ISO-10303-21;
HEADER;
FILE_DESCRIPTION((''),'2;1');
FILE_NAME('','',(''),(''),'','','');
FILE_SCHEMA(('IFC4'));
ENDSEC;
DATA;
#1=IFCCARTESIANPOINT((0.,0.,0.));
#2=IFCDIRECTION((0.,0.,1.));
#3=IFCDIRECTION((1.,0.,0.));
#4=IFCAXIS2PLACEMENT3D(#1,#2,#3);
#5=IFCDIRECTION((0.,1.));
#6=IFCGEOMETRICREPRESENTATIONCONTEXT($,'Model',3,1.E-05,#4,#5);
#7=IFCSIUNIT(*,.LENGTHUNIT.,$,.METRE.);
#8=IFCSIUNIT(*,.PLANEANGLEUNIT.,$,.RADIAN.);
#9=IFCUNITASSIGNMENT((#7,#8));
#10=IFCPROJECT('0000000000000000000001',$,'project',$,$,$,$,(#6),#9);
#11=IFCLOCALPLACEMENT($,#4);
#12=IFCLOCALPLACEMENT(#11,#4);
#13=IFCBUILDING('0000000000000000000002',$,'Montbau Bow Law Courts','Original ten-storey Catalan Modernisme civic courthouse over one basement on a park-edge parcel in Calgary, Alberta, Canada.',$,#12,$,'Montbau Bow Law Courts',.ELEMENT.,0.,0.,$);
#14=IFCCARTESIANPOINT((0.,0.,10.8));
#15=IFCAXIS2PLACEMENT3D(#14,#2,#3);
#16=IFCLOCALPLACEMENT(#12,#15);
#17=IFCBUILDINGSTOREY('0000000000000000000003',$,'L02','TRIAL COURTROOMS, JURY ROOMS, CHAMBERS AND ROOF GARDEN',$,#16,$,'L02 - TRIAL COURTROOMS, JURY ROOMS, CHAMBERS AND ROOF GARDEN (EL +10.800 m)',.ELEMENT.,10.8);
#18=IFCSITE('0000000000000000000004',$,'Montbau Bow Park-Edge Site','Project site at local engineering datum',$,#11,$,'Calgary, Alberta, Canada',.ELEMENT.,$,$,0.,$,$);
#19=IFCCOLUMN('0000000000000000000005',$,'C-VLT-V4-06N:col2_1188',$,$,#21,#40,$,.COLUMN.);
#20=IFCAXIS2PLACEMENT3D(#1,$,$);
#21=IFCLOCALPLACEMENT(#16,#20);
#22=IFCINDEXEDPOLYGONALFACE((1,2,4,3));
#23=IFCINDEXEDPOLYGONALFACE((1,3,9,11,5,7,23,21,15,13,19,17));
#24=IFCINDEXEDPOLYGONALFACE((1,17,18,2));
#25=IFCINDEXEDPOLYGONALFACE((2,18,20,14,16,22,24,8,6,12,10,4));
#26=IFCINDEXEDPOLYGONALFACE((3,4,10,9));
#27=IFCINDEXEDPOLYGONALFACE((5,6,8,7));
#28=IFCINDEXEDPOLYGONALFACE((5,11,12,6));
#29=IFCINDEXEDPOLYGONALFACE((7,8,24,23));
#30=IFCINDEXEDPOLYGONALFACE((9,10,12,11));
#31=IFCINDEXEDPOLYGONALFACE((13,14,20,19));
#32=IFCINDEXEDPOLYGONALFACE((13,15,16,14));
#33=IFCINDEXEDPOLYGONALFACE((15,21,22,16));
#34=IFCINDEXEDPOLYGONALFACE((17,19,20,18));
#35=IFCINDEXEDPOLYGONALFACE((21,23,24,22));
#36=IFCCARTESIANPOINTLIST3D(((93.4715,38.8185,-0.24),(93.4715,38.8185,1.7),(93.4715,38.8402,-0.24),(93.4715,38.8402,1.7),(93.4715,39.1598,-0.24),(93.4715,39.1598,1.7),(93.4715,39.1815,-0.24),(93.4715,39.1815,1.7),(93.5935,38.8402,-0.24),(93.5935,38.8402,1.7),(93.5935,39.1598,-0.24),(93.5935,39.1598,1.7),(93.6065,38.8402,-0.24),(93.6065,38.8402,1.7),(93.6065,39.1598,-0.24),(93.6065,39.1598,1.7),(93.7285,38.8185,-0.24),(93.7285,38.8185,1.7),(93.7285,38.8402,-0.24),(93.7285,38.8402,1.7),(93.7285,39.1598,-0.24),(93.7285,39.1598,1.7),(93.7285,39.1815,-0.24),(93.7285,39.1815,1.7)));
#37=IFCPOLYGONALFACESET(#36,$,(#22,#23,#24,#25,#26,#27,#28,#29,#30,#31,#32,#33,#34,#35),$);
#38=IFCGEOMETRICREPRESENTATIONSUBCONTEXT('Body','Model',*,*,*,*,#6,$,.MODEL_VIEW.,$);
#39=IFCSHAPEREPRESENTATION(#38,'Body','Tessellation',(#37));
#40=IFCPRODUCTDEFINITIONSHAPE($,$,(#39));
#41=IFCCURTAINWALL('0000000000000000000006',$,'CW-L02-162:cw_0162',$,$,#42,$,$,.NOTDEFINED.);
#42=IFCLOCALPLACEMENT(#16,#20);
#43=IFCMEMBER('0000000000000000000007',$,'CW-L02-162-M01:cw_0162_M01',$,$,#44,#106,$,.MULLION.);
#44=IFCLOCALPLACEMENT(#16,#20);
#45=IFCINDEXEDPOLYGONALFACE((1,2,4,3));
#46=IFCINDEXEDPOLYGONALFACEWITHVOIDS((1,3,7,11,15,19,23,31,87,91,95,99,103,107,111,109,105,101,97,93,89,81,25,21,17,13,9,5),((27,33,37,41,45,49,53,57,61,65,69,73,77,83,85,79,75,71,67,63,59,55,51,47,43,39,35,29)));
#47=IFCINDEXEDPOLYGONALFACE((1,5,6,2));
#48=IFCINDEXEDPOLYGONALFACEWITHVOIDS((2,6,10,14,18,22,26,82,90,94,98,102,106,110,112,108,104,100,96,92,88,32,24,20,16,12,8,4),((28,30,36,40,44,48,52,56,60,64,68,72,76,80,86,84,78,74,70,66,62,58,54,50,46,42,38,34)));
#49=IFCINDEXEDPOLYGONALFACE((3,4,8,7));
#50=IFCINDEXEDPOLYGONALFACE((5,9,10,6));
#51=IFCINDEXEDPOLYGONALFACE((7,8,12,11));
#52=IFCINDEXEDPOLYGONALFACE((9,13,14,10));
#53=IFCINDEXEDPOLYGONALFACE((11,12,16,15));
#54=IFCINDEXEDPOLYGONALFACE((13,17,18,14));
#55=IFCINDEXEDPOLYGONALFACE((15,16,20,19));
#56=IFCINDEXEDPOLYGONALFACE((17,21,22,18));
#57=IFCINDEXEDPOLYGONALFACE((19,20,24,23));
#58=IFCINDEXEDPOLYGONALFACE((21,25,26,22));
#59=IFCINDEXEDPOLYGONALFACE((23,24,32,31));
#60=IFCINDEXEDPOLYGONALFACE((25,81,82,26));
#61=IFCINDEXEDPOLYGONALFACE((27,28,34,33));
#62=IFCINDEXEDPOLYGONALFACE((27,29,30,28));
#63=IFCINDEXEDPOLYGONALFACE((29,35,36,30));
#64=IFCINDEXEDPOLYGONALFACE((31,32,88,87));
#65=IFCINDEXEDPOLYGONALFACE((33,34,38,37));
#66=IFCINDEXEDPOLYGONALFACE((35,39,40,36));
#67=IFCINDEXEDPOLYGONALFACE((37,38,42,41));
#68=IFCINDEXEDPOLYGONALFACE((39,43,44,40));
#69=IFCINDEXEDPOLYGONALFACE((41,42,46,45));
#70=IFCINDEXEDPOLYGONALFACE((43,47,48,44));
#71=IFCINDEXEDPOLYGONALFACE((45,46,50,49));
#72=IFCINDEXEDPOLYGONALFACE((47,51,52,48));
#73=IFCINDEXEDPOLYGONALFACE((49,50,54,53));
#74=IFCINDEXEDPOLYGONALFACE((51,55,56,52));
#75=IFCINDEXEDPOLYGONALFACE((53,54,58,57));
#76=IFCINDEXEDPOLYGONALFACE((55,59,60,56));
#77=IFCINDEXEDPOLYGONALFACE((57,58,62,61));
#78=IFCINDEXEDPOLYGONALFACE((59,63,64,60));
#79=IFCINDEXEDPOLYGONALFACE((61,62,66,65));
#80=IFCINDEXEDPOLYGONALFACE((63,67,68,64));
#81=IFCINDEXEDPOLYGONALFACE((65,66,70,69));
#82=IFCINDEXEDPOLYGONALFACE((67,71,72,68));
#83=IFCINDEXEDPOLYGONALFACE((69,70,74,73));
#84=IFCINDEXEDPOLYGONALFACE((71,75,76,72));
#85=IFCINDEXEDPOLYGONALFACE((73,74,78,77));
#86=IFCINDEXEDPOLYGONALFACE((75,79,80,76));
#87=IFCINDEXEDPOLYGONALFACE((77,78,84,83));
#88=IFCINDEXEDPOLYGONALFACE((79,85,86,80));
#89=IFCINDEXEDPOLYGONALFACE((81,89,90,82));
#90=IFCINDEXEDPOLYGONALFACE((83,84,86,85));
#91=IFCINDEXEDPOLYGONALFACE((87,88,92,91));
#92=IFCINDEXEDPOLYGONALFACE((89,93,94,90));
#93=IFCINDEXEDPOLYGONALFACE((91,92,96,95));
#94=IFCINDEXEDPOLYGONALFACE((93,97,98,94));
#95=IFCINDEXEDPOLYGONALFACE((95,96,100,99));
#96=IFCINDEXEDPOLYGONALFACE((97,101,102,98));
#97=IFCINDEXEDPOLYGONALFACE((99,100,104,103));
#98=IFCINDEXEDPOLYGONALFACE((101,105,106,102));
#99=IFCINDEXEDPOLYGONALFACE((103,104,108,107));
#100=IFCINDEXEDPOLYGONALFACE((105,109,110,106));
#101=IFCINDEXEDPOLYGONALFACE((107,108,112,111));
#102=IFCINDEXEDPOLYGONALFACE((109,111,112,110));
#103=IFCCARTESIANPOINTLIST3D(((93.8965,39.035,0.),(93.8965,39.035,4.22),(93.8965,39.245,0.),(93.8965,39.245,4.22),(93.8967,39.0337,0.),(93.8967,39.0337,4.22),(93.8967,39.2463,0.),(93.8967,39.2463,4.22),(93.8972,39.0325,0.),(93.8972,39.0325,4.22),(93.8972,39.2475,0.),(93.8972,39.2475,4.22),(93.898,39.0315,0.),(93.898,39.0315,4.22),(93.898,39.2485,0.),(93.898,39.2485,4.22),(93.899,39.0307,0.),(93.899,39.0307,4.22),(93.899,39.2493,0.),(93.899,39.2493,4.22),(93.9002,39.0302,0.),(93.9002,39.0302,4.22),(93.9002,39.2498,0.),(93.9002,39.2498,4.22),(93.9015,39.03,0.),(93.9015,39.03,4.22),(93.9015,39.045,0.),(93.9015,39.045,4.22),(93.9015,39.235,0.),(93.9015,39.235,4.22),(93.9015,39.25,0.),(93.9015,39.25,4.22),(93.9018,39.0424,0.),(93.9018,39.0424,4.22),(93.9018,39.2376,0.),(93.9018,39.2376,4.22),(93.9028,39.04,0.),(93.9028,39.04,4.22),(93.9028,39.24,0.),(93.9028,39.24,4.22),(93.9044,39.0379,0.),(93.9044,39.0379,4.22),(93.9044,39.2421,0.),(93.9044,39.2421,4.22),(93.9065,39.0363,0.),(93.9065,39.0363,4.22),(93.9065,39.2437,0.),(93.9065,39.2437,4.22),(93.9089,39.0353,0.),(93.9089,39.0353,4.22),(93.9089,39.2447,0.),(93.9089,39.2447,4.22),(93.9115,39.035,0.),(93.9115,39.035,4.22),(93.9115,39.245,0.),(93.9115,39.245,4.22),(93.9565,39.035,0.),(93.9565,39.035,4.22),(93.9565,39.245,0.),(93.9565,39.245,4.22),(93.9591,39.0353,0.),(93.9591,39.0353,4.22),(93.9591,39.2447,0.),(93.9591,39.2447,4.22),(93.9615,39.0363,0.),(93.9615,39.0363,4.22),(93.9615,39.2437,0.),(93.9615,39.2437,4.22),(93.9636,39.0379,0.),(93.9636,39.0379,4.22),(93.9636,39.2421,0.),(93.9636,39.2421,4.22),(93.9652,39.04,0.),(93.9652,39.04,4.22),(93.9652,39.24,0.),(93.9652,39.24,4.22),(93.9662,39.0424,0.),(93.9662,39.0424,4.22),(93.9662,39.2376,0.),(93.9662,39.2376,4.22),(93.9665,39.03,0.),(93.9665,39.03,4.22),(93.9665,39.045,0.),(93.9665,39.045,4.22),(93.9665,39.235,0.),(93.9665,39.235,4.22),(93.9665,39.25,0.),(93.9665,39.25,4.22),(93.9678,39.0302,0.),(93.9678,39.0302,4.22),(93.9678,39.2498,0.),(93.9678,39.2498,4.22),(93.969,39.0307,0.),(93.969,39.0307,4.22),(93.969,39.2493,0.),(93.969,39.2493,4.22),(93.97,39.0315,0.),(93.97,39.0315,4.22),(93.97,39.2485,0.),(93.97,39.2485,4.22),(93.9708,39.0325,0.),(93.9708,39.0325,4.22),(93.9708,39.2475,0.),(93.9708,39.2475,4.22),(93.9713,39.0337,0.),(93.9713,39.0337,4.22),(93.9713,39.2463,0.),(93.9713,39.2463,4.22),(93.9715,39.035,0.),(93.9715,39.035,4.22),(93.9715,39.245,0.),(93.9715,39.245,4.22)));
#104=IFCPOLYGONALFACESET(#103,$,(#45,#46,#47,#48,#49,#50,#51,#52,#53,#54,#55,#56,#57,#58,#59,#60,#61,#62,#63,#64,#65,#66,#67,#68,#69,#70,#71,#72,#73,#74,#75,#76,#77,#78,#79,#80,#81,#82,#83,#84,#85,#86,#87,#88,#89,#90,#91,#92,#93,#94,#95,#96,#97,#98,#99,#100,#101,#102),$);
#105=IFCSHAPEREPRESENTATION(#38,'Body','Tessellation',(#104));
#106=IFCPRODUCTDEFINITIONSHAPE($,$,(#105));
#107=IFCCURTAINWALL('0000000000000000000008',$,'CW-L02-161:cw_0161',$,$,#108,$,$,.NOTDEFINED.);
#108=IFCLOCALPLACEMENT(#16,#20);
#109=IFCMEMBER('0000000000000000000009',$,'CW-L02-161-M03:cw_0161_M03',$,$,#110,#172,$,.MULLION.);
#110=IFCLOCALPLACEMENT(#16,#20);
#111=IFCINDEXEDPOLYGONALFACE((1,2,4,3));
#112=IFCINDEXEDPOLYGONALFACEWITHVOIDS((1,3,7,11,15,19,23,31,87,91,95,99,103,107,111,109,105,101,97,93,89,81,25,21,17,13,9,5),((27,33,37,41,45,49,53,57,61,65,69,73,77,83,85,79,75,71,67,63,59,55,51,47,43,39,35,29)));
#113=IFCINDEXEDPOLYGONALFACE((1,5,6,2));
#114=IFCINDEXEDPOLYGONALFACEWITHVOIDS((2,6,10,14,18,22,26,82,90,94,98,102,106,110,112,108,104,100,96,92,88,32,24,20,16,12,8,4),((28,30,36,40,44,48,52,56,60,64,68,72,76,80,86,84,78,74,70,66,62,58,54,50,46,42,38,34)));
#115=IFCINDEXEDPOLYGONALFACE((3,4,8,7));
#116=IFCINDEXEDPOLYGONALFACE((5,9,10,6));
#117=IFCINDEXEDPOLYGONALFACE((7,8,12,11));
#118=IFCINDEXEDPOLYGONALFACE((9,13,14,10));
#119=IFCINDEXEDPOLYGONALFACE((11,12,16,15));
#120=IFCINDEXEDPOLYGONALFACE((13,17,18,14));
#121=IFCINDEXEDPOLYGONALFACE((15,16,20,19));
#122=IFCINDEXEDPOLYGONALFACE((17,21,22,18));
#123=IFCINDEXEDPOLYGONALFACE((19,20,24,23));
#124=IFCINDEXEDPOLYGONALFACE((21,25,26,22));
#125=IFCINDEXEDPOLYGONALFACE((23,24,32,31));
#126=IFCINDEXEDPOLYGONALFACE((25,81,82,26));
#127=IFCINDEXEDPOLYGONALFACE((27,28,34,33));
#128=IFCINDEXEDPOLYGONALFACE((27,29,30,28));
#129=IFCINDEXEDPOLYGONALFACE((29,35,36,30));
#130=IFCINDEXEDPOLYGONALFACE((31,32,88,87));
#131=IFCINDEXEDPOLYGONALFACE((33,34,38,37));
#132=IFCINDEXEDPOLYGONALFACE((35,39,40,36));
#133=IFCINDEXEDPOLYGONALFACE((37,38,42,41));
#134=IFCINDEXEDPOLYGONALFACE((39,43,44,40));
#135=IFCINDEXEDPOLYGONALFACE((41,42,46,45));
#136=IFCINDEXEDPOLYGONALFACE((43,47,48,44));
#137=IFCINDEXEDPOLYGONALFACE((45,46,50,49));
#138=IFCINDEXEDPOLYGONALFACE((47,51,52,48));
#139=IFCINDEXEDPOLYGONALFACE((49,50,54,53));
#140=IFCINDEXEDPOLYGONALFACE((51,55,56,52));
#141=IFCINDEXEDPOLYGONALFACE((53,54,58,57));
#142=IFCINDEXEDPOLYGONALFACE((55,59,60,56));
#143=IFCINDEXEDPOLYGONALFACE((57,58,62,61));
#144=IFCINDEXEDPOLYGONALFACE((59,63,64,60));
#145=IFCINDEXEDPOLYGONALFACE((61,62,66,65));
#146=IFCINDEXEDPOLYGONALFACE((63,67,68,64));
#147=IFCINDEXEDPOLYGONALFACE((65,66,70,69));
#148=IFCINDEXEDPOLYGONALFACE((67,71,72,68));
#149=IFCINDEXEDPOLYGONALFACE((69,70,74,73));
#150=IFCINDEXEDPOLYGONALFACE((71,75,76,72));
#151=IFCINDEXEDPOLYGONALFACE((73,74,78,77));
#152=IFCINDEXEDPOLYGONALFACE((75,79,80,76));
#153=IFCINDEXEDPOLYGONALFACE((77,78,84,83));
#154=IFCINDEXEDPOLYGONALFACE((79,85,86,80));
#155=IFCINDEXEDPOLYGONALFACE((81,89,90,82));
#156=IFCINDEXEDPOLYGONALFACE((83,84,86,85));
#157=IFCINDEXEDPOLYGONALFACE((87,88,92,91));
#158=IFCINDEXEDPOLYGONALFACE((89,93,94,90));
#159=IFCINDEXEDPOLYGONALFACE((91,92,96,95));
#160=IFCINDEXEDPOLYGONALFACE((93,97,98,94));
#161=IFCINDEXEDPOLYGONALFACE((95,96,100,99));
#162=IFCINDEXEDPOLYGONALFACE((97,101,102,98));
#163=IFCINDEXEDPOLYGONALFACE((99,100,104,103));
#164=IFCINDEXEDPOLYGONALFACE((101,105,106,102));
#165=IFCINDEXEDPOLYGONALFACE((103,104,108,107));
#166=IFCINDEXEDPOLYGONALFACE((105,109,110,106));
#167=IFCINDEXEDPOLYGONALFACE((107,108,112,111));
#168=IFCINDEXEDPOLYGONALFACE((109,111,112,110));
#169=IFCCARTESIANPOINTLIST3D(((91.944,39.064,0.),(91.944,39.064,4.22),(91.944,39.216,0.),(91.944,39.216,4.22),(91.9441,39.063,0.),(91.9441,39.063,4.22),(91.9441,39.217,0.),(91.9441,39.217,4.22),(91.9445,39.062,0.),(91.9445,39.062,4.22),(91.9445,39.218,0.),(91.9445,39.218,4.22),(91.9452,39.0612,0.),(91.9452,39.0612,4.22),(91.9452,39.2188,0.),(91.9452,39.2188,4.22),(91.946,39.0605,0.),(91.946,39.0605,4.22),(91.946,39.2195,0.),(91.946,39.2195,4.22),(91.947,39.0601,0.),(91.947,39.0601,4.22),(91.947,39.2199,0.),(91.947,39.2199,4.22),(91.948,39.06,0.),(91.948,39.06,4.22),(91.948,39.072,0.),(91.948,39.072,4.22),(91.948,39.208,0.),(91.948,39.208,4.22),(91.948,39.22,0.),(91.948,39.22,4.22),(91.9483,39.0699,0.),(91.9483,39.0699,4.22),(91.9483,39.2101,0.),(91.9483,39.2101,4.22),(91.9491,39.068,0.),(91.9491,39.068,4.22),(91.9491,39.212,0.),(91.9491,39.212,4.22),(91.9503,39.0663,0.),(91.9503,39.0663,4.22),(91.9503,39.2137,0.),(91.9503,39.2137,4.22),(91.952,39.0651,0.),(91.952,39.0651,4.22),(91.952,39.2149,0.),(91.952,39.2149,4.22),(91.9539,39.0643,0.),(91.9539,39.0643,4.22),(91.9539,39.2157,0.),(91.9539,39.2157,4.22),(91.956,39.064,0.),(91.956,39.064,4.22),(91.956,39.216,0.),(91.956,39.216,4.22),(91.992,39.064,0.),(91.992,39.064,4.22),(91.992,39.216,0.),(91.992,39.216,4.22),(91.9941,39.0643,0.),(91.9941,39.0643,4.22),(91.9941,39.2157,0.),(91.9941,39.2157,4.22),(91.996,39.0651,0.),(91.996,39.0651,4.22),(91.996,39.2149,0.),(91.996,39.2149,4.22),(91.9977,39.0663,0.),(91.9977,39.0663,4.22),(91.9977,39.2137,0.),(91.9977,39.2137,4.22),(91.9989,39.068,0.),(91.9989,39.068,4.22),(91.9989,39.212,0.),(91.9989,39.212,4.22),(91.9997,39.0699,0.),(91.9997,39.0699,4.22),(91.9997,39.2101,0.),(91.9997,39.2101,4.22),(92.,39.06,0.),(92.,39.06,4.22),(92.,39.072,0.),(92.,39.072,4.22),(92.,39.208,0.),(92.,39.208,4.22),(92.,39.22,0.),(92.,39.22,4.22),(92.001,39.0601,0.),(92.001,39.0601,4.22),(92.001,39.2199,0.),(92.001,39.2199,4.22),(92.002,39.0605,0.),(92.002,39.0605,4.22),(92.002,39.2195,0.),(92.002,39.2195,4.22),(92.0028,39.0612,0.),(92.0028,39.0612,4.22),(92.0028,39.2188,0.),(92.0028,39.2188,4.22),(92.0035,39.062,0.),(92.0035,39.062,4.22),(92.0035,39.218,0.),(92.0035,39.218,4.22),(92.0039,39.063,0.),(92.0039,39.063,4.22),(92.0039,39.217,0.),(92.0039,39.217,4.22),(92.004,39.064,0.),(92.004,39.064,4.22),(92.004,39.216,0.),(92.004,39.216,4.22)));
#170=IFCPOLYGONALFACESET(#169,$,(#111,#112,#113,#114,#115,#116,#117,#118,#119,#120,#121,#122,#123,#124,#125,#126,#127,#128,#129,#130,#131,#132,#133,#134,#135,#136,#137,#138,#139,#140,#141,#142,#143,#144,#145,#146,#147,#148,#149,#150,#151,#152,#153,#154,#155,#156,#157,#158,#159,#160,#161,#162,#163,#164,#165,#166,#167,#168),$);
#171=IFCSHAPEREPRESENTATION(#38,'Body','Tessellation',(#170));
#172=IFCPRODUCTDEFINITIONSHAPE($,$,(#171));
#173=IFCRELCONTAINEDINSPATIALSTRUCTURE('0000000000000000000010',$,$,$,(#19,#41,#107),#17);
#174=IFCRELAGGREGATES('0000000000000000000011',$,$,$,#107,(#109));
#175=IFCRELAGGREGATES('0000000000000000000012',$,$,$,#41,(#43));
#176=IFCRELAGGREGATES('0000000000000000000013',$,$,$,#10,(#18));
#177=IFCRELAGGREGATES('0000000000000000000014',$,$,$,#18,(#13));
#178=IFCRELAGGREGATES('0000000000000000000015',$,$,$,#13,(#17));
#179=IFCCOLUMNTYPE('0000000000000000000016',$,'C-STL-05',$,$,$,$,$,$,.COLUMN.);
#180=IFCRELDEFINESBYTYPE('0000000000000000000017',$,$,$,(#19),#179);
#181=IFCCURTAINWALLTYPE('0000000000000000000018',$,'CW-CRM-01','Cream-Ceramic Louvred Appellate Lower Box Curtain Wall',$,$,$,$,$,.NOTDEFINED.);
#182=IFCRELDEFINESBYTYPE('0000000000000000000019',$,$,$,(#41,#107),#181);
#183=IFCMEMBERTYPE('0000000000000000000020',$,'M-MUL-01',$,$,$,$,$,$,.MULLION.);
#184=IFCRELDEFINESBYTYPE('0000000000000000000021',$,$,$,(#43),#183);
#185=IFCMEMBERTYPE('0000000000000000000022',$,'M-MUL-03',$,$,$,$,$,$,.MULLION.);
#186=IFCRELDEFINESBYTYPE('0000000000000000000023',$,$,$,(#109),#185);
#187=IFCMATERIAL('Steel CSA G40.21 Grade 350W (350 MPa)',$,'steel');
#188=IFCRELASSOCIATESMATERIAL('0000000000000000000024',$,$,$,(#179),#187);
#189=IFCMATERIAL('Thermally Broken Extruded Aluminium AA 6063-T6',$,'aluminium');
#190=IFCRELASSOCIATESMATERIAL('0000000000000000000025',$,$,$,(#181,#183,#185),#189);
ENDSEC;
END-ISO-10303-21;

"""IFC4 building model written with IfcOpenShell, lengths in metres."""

from ifc_helpers import new_model, si_unit, direction, frame, origin_with_axes, origin_2d_with_axis, place, context, subcontext, project, spatial, hollow_rectangle, i_section, extrude, material, material_profile, profile_set, type_object, element, aggregate, save


model = new_model("IFC4")

# Units and contexts
model_context = context("Model", 3, precision=1e-05, world=origin_with_axes(), true_north=direction((0.0, 1.0)))
body_context = subcontext(model_context, "Body", "Model", "MODEL_VIEW")
ifc_project = project(units=[si_unit("LENGTHUNIT", "METRE"), si_unit("PLANEANGLEUNIT", "RADIAN")], contexts=[model_context])

# Site, building, storey
site_placement = place(None, origin_with_axes())
site = spatial("IfcSite", under=ifc_project, at=site_placement, Name="Montbau Bow Park-Edge Site", Description="Project site at local engineering datum", LongName="Calgary, Alberta, Canada", CompositionType="ELEMENT", RefElevation=0.0)
building_placement = place(site_placement, origin_with_axes())
building = spatial("IfcBuilding", under=site, at=building_placement, Name="Montbau Bow Law Courts", Description="Original ten-storey Catalan Modernisme civic courthouse over one basement on a park-edge parcel in Calgary, Alberta, Canada.", LongName="Montbau Bow Law Courts", CompositionType="ELEMENT", ElevationOfRefHeight=0.0, ElevationOfTerrain=0.0)
storey_placement = place(building_placement, frame((0.0, 0.0, 10.8), z_axis=(0.0, 0.0, 1.0), x_axis=(1.0, 0.0, 0.0)))
storey = spatial("IfcBuildingStorey", under=building, at=storey_placement, Name="L02", Description="TRIAL COURTROOMS, JURY ROOMS, CHAMBERS AND ROOF GARDEN", LongName="L02 - TRIAL COURTROOMS, JURY ROOMS, CHAMBERS AND ROOF GARDEN (EL +10.800 m)", CompositionType="ELEMENT", Elevation=10.8)

# Column
ifc_material_1 = material(Name="Steel CSA G40.21 Grade 350W (350 MPa)", Category="steel")
ifc_material_profile_1 = material_profile(ifc_material_1, i_section(OverallWidth=0.257, OverallDepth=0.363, WebThickness=0.013, FlangeThickness=0.0217, at=origin_2d_with_axis()), Name="W360X122", Category="Main", Priority=0)
ifc_profile_set_1 = profile_set([ifc_material_profile_1], Name="Steel CSA G40.21 Grade 350W (350 MPa)")
column_type = type_object("IfcColumnType", Name="C-STL-05", PredefinedType="COLUMN", material=ifc_profile_set_1)
column_placement = place(None, frame((93.6, 39.0, 10.56), z_axis=(0.0, 0.0, 1.0), x_axis=(1.0, 0.0, 0.0)))
element("IfcColumn", 1, at=column_placement, inside=storey, type_object=column_type, Name="C-VLT-V4-06N:col2_1188", PredefinedType="COLUMN", context=body_context, shape_type="SweptSolid", body=[
    extrude(i_section(OverallWidth=0.257, OverallDepth=0.363, WebThickness=0.013, FlangeThickness=0.0217, at=origin_2d_with_axis()), origin_with_axes(), (0.0, 0.0, 1.0), 1.94),
])

# Curtain wall, member
ifc_material_2 = material(Name="Thermally Broken Extruded Aluminium AA 6063-T6", Category="aluminium")
curtain_wall_type = type_object("IfcCurtainWallType", Name="CW-CRM-01", Description="Cream-Ceramic Louvred Appellate Lower Box Curtain Wall", PredefinedType="NOTDEFINED", material=ifc_material_2)
curtain_wall_1_placement = place(None, frame((93.897, 39.14, 10.8), z_axis=(0.0, 0.0, 1.0), x_axis=(1.0, 0.0, 0.0)))
curtain_wall_1 = element("IfcCurtainWall", 2, at=curtain_wall_1_placement, inside=storey, type_object=curtain_wall_type, Name="CW-L02-162:cw_0162", PredefinedType="NOTDEFINED")
ifc_material_profile_2 = material_profile(ifc_material_2, hollow_rectangle(XDim=0.075, YDim=0.22, WallThickness=0.005, InnerFilletRadius=0.01, OuterFilletRadius=0.005, at=origin_2d_with_axis()), Name="CWM-220X75", Category="Main", Priority=0)
ifc_profile_set_2 = profile_set([ifc_material_profile_2], Name="Thermally Broken Extruded Aluminium AA 6063-T6")
member_type_1 = type_object("IfcMemberType", Name="M-MUL-01", PredefinedType="MULLION", material=ifc_profile_set_2)
member_1_placement = place(None, frame((93.934, 39.14, 10.8), z_axis=(0.0, 0.0, 1.0), x_axis=(1.0, 0.0, 0.0)))
member_1 = element("IfcMember", 3, at=member_1_placement, type_object=member_type_1, Name="CW-L02-162-M01:cw_0162_M01", PredefinedType="MULLION", context=body_context, shape_type="SweptSolid", body=[
    extrude(hollow_rectangle(XDim=0.075, YDim=0.22, WallThickness=0.005, InnerFilletRadius=0.01, OuterFilletRadius=0.005, at=origin_2d_with_axis()), origin_with_axes(), (0.0, 0.0, 1.0), 4.22),
])

# Curtain wall, member
curtain_wall_2_placement = place(None, frame((89.315, 39.14, 10.8), z_axis=(0.0, 0.0, 1.0), x_axis=(1.0, 0.0, 0.0)))
curtain_wall_2 = element("IfcCurtainWall", 4, at=curtain_wall_2_placement, inside=storey, type_object=curtain_wall_type, Name="CW-L02-161:cw_0161", PredefinedType="NOTDEFINED")
ifc_material_profile_3 = material_profile(ifc_material_2, hollow_rectangle(XDim=0.06, YDim=0.16, WallThickness=0.004, InnerFilletRadius=0.008, OuterFilletRadius=0.004, at=origin_2d_with_axis()), Name="CWM-160X60", Category="Main", Priority=0)
ifc_profile_set_3 = profile_set([ifc_material_profile_3], Name="Thermally Broken Extruded Aluminium AA 6063-T6")
member_type_2 = type_object("IfcMemberType", Name="M-MUL-03", PredefinedType="MULLION", material=ifc_profile_set_3)
member_2_placement = place(None, frame((91.974, 39.14, 10.8), z_axis=(0.0, 0.0, 1.0), x_axis=(1.0, 0.0, 0.0)))
member_2 = element("IfcMember", 5, at=member_2_placement, type_object=member_type_2, Name="CW-L02-161-M03:cw_0161_M03", PredefinedType="MULLION", context=body_context, shape_type="SweptSolid", body=[
    extrude(hollow_rectangle(XDim=0.06, YDim=0.16, WallThickness=0.004, InnerFilletRadius=0.008, OuterFilletRadius=0.004, at=origin_2d_with_axis()), origin_with_axes(), (0.0, 0.0, 1.0), 4.22),
])

aggregate(curtain_wall_2, [member_2])
aggregate(curtain_wall_1, [member_1])

save(model, "model.ifc")
